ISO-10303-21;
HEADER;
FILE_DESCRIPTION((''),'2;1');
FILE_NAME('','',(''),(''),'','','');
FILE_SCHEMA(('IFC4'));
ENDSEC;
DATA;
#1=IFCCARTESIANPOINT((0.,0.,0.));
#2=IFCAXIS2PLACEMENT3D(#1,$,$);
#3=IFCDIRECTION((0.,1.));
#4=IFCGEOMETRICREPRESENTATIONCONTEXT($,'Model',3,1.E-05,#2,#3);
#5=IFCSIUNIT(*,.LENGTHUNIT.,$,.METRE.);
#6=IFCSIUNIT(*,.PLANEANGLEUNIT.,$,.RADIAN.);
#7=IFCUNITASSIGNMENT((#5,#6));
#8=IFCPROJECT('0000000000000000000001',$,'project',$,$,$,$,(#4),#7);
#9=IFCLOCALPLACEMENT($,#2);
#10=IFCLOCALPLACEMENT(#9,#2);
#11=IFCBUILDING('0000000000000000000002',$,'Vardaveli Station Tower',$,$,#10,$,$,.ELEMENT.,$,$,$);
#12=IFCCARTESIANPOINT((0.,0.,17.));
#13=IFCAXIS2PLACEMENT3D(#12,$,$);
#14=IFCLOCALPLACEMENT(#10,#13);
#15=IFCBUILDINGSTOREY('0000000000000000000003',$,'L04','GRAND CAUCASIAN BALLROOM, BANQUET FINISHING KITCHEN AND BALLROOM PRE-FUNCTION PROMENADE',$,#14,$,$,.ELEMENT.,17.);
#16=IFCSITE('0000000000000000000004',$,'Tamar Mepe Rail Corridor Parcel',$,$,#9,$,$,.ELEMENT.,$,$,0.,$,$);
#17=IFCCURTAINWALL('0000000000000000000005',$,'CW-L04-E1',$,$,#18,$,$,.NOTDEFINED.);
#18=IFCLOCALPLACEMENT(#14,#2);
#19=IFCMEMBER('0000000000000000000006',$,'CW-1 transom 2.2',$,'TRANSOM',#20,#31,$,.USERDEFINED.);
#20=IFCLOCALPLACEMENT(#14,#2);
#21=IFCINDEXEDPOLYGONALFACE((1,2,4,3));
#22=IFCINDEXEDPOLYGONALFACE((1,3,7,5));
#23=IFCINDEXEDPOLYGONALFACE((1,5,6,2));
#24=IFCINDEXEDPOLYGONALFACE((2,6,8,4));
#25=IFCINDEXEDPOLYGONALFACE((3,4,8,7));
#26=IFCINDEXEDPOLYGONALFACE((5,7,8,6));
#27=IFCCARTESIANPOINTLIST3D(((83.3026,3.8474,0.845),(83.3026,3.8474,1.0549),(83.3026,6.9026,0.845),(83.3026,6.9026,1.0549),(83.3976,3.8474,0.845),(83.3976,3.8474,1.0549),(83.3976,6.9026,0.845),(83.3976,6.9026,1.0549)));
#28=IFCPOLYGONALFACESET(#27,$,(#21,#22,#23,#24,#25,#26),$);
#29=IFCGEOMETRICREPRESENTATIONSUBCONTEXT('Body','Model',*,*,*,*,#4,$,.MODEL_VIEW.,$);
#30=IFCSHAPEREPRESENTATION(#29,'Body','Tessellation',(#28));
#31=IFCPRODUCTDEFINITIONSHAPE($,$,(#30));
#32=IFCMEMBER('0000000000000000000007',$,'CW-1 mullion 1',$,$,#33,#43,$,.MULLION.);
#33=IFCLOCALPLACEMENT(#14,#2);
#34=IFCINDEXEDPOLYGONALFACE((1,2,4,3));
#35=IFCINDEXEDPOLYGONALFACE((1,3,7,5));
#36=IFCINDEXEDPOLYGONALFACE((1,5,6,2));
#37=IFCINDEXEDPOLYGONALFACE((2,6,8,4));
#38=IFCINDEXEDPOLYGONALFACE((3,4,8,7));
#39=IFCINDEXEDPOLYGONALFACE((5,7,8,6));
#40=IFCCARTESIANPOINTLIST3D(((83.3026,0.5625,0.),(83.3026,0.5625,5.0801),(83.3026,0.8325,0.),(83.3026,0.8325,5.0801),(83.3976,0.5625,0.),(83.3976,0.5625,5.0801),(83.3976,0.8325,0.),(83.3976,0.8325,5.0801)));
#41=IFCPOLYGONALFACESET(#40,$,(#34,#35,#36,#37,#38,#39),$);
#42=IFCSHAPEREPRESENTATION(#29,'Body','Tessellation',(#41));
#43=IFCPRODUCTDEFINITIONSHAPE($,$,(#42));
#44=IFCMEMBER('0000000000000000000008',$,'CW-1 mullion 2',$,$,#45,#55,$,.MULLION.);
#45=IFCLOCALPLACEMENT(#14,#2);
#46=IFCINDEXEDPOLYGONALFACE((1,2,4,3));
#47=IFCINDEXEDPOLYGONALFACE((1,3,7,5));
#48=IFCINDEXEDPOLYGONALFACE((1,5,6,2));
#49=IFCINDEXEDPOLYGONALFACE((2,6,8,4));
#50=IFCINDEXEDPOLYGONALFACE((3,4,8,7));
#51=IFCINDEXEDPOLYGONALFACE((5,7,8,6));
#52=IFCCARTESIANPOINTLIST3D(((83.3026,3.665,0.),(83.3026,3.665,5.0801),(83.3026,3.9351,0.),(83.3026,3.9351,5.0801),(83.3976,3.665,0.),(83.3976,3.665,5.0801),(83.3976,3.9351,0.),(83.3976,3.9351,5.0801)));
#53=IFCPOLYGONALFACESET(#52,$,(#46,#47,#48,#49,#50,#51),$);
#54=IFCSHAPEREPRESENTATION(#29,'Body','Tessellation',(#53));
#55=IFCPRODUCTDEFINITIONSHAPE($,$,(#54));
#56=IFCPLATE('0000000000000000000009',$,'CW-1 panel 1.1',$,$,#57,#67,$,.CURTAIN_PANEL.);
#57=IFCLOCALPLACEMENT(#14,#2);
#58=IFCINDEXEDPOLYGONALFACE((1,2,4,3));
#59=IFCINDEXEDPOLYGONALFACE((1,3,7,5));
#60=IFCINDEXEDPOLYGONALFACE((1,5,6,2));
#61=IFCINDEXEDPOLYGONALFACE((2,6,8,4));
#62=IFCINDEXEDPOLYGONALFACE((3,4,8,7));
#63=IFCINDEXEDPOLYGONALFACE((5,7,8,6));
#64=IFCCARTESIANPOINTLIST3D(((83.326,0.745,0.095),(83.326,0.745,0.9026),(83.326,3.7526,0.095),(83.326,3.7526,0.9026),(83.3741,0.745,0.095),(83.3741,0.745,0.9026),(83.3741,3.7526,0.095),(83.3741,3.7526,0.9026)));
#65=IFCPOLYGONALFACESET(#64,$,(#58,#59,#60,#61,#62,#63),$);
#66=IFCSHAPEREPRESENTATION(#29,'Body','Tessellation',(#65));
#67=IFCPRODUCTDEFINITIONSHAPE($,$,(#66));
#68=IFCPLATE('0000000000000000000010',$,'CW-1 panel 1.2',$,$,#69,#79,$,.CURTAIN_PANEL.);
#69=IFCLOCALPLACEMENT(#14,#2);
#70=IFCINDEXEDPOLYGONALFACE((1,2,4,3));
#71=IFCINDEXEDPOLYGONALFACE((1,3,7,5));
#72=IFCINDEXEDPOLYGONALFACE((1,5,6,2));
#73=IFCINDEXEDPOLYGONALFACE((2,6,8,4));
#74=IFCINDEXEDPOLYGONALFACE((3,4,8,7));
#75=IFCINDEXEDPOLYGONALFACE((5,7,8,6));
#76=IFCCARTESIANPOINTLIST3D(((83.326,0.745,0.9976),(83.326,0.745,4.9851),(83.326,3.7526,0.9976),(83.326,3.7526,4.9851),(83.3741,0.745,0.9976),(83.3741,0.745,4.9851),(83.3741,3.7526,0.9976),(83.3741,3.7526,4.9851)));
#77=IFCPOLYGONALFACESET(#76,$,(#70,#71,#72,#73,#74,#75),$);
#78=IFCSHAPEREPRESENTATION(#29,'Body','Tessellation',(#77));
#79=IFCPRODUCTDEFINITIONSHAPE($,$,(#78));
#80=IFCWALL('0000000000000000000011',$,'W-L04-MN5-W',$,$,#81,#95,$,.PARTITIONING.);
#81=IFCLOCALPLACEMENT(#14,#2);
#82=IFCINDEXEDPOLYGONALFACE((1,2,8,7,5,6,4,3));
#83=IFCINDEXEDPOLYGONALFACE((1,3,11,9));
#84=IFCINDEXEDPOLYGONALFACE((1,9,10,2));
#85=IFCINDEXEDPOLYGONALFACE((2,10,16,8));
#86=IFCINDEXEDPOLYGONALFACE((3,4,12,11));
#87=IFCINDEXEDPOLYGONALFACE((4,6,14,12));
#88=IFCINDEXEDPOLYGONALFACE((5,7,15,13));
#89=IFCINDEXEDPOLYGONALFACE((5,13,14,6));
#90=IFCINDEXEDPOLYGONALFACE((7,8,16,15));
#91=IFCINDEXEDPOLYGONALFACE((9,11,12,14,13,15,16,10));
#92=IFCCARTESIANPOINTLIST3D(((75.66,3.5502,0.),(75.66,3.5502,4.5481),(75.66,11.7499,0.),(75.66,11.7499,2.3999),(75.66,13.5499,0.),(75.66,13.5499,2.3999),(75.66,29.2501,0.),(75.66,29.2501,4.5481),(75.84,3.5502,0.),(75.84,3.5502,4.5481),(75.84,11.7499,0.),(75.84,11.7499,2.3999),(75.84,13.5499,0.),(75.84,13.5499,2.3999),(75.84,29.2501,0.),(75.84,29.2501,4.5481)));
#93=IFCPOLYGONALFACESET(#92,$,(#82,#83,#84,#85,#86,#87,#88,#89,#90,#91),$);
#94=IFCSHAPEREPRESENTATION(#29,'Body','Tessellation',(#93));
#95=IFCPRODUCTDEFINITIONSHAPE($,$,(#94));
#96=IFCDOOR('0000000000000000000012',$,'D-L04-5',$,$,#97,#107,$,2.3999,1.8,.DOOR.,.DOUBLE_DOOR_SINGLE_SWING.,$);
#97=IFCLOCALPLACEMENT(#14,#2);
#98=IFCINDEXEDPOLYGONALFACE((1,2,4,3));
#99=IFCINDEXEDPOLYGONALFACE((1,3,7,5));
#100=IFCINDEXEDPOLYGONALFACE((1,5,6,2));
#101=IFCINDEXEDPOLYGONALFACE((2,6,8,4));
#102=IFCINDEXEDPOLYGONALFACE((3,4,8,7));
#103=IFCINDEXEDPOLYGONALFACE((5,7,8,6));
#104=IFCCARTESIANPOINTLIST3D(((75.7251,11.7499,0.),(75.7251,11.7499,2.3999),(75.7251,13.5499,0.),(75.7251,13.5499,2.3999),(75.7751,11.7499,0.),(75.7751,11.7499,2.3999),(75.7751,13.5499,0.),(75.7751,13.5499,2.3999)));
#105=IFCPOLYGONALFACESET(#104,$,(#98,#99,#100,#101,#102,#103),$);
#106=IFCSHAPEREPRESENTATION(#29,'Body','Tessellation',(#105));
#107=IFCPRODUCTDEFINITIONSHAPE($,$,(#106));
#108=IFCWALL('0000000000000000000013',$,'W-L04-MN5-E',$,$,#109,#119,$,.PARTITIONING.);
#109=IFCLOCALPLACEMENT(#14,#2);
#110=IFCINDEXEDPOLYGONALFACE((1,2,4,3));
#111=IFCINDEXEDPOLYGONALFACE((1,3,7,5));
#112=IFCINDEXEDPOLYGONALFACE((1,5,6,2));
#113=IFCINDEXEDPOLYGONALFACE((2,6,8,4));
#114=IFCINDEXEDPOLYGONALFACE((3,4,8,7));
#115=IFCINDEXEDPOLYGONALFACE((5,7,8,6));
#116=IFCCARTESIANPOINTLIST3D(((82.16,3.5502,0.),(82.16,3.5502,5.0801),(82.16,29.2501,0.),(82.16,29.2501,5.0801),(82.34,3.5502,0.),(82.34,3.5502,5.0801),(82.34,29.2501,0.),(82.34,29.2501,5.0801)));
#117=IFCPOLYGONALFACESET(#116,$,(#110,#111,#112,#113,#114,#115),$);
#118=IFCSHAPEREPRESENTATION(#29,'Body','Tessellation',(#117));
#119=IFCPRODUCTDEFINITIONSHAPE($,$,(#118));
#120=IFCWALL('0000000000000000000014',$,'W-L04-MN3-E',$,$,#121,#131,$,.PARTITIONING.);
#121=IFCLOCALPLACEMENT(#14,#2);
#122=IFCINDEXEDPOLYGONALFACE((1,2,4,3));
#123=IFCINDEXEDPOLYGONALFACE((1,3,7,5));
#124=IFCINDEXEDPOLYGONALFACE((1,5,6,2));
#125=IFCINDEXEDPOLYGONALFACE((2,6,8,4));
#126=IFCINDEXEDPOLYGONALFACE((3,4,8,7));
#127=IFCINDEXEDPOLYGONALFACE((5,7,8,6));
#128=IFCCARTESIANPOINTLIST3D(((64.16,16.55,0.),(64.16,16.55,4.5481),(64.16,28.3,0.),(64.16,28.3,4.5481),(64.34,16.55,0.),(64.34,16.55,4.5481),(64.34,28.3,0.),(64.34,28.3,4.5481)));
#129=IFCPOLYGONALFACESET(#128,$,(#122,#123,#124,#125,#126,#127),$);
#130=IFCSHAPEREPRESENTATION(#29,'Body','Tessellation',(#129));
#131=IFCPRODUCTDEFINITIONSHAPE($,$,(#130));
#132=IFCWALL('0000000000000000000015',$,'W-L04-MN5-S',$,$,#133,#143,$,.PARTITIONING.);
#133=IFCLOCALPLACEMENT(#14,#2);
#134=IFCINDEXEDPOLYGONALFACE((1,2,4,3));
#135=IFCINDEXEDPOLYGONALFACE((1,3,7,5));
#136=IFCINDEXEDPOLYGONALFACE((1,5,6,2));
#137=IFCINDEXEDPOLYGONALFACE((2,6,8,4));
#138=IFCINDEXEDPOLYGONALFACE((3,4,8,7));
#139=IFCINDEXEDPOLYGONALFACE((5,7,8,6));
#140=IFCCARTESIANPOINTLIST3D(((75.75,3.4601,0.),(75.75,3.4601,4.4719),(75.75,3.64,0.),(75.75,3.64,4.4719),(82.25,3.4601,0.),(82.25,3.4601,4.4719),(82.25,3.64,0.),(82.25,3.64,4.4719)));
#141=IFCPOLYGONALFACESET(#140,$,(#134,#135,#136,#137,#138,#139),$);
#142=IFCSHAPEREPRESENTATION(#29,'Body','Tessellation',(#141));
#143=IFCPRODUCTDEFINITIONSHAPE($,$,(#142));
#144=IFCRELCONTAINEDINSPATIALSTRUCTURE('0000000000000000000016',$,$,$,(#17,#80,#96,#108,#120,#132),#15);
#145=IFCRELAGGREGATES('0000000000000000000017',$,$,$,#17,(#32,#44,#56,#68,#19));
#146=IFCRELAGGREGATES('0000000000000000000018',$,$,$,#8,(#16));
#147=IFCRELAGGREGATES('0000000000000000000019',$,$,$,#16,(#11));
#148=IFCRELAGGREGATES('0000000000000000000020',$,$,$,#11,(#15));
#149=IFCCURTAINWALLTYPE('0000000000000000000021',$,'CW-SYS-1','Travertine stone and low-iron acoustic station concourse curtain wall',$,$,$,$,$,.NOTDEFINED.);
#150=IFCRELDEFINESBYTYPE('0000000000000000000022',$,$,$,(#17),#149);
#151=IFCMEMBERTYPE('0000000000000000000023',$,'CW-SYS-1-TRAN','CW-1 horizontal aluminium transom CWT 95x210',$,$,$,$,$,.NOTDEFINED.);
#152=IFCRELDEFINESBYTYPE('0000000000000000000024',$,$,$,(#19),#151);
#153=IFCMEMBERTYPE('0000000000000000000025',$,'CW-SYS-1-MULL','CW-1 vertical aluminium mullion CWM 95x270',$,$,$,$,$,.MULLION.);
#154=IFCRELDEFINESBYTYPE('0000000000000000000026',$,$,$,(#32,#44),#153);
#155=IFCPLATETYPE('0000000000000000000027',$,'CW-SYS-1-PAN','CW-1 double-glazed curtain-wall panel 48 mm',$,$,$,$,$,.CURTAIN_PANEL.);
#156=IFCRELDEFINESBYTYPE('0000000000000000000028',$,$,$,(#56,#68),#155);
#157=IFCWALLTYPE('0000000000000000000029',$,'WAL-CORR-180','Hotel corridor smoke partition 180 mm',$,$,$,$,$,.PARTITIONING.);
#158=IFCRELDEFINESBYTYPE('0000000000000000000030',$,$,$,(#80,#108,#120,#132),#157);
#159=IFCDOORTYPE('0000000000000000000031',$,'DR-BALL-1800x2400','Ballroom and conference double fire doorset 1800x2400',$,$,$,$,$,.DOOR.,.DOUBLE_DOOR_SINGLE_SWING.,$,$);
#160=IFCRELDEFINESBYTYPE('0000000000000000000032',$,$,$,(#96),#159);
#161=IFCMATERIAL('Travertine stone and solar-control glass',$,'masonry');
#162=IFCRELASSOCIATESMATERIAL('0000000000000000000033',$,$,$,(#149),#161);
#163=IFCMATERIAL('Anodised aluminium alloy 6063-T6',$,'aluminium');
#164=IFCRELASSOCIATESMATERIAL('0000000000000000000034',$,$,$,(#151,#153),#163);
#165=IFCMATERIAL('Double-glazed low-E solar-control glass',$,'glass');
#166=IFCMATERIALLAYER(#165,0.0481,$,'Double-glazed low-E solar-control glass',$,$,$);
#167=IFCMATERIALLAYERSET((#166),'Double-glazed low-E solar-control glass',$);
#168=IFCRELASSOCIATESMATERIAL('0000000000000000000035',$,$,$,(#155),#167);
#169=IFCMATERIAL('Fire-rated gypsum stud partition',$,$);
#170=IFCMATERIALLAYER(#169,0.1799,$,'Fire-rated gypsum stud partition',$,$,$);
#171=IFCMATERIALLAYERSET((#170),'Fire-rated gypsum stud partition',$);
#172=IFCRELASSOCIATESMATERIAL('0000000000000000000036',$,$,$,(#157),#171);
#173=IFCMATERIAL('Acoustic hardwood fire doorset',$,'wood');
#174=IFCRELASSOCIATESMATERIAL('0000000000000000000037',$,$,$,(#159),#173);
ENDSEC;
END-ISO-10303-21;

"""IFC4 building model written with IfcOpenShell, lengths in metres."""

from ifc_helpers import new_model, si_unit, direction, frame, frame_2d, origin, origin_2d, place, context, subcontext, project, spatial, rectangle, extrude, source, transform, mapped, material, layer, layer_set, material_profile, profile_set, type_object, element, fill, aggregate, save


model = new_model("IFC4")

# Units and contexts
model_context = context("Model", 3, precision=1e-05, world=origin(), true_north=direction((0.0, 1.0)))
body_context = subcontext(model_context, "Body", "Model", "MODEL_VIEW")
ifc_project = project(units=[si_unit("LENGTHUNIT", "METRE"), si_unit("PLANEANGLEUNIT", "RADIAN")], contexts=[model_context])

# Site, building, storey
site_placement = place(None, origin())
site = spatial("IfcSite", under=ifc_project, at=site_placement, Name="Tamar Mepe Rail Corridor Parcel", CompositionType="ELEMENT", RefElevation=0.0)
building_placement = place(site_placement, origin())
building = spatial("IfcBuilding", under=site, at=building_placement, Name="Vardaveli Station Tower", CompositionType="ELEMENT")
storey_placement = place(building_placement, frame((0.0, 0.0, 17.0)))
storey = spatial("IfcBuildingStorey", under=building, at=storey_placement, Name="L04", Description="GRAND CAUCASIAN BALLROOM, BANQUET FINISHING KITCHEN AND BALLROOM PRE-FUNCTION PROMENADE", CompositionType="ELEMENT", Elevation=17.0)

# Curtain wall, members, plates
ifc_material_1 = material(Name="Travertine stone and solar-control glass", Category="masonry")
curtain_wall_type = type_object("IfcCurtainWallType", Name="CW-SYS-1", Description="Travertine stone and low-iron acoustic station concourse curtain wall", PredefinedType="NOTDEFINED", material=ifc_material_1)
curtain_wall_placement = place(storey_placement, origin())
curtain_wall = element("IfcCurtainWall", 1, at=curtain_wall_placement, inside=storey, type_object=curtain_wall_type, Name="CW-L04-E1", PredefinedType="NOTDEFINED")
ifc_material_2 = material(Name="Anodised aluminium alloy 6063-T6", Category="aluminium")
ifc_material_profile_1 = material_profile(ifc_material_2, rectangle(XDim=0.095, YDim=0.21, at=origin_2d()), Name="CWT 95x210")
ifc_profile_set_1 = profile_set([ifc_material_profile_1], Name="Anodised aluminium alloy 6063-T6")
member_type_1 = type_object("IfcMemberType", Name="CW-SYS-1-TRAN", Description="CW-1 horizontal aluminium transom CWT 95x210", PredefinedType="NOTDEFINED", material=ifc_profile_set_1)
shared_shape_1 = source(origin(), body_context, "Body", "SweptSolid", [
    extrude(rectangle(XDim=0.095, YDim=0.21, at=origin_2d()), origin(), (0.0, 0.0, 1.0), 3.0552),
])
member_1_placement = place(storey_placement, frame((83.3501, 3.8474, 0.95), z_axis=(0.0, 1.0, 0.0), x_axis=(-1.0, 0.0, 0.0)))
member_1 = element("IfcMember", 2, at=member_1_placement, type_object=member_type_1, Name="CW-1 transom 2.2", ObjectType="TRANSOM", PredefinedType="USERDEFINED", context=body_context, shape_type="MappedRepresentation", body=[
    mapped(shared_shape_1, transform((0.0, 0.0, 0.0), scale=1.0)),
])
ifc_material_profile_2 = material_profile(ifc_material_2, rectangle(XDim=0.095, YDim=0.27, at=origin_2d()), Name="CWM 95x270")
ifc_profile_set_2 = profile_set([ifc_material_profile_2], Name="Anodised aluminium alloy 6063-T6")
member_type_2 = type_object("IfcMemberType", Name="CW-SYS-1-MULL", Description="CW-1 vertical aluminium mullion CWM 95x270", PredefinedType="MULLION", material=ifc_profile_set_2)
shared_shape_2 = source(origin(), body_context, "Body", "SweptSolid", [
    extrude(rectangle(XDim=0.095, YDim=0.27, at=origin_2d()), origin(), (0.0, 0.0, 1.0), 5.0801),
])
member_2_placement = place(storey_placement, frame((83.3501, 0.6975, 0.0), z_axis=(0.0, 0.0, 1.0), x_axis=(-1.0, 0.0, 0.0)))
member_2 = element("IfcMember", 3, at=member_2_placement, type_object=member_type_2, Name="CW-1 mullion 1", PredefinedType="MULLION", context=body_context, shape_type="MappedRepresentation", body=[
    mapped(shared_shape_2, transform((0.0, 0.0, 0.0), scale=1.0)),
])
member_3_placement = place(storey_placement, frame((83.3501, 3.8, 0.0), z_axis=(0.0, 0.0, 1.0), x_axis=(-1.0, 0.0, 0.0)))
member_3 = element("IfcMember", 4, at=member_3_placement, type_object=member_type_2, Name="CW-1 mullion 2", PredefinedType="MULLION", context=body_context, shape_type="MappedRepresentation", body=[
    mapped(shared_shape_2, transform((0.0, 0.0, 0.0), scale=1.0)),
])
ifc_material_3 = material(Name="Double-glazed low-E solar-control glass", Category="glass")
ifc_layer_1 = layer(ifc_material_3, 0.0481, Name="Double-glazed low-E solar-control glass")
ifc_layer_set_1 = layer_set([ifc_layer_1], Name="Double-glazed low-E solar-control glass")
plate_type = type_object("IfcPlateType", Name="CW-SYS-1-PAN", Description="CW-1 double-glazed curtain-wall panel 48 mm", PredefinedType="CURTAIN_PANEL", material=ifc_layer_set_1)
shared_shape_3 = source(origin(), body_context, "Body", "SweptSolid", [
    extrude(rectangle(XDim=3.0076, YDim=0.0481, at=origin_2d()), origin(), (0.0, 0.0, 1.0), 0.8076),
])
plate_1_placement = place(storey_placement, frame((83.3501, 2.2488, 0.095), z_axis=(0.0, 0.0, 1.0), x_axis=(0.0, 1.0, 0.0)))
plate_1 = element("IfcPlate", 5, at=plate_1_placement, type_object=plate_type, Name="CW-1 panel 1.1", PredefinedType="CURTAIN_PANEL", context=body_context, shape_type="MappedRepresentation", body=[
    mapped(shared_shape_3, transform((0.0, 0.0, 0.0), scale=1.0)),
])
shared_shape_4 = source(origin(), body_context, "Body", "SweptSolid", [
    extrude(rectangle(XDim=3.0076, YDim=0.0481, at=origin_2d()), origin(), (0.0, 0.0, 1.0), 3.9875),
])
plate_2_placement = place(storey_placement, frame((83.3501, 2.2488, 0.9976), z_axis=(0.0, 0.0, 1.0), x_axis=(0.0, 1.0, 0.0)))
plate_2 = element("IfcPlate", 6, at=plate_2_placement, type_object=plate_type, Name="CW-1 panel 1.2", PredefinedType="CURTAIN_PANEL", context=body_context, shape_type="MappedRepresentation", body=[
    mapped(shared_shape_4, transform((0.0, 0.0, 0.0), scale=1.0)),
])
aggregate(curtain_wall, [member_2, member_3, plate_1, plate_2, member_1])

# Wall, opening, door
ifc_material_4 = material(Name="Fire-rated gypsum stud partition")
ifc_layer_2 = layer(ifc_material_4, 0.1799, Name="Fire-rated gypsum stud partition")
ifc_layer_set_2 = layer_set([ifc_layer_2], Name="Fire-rated gypsum stud partition")
wall_type = type_object("IfcWallType", Name="WAL-CORR-180", Description="Hotel corridor smoke partition 180 mm", PredefinedType="PARTITIONING", material=ifc_layer_set_2)
shared_shape_5 = source(origin(), body_context, "Body", "SweptSolid", [
    extrude(rectangle(XDim=25.7, YDim=0.1799, at=frame_2d((12.8501, 0.0))), origin(), (0.0, 0.0, 1.0), 4.5481),
])
wall_1_placement = place(storey_placement, frame((75.75, 3.55, 0.0), z_axis=(0.0, 0.0, 1.0), x_axis=(0.0, 1.0, 0.0)))
wall_1 = element("IfcWall", 7, at=wall_1_placement, inside=storey, type_object=wall_type, Name="W-L04-MN5-W", PredefinedType="PARTITIONING", context=body_context, shape_type="MappedRepresentation", body=[
    mapped(shared_shape_5, transform((0.0, 0.0, 0.0), scale=1.0)),
])
shared_shape_6 = source(origin(), body_context, "Body", "SweptSolid", [
    extrude(rectangle(XDim=1.8, YDim=2.3999, at=frame_2d((0.8999, 1.2))), frame((0.0, 0.1001, 0.0), z_axis=(0.0, -1.0, 0.0), x_axis=(1.0, 0.0, 0.0)), (0.0, 0.0, 1.0), 0.2),
])
opening_placement = place(wall_1_placement, frame((8.2, 0.0, 0.0)))
opening = element("IfcOpeningElement", 8, at=opening_placement, cuts=wall_1, PredefinedType="OPENING", context=body_context, shape_type="MappedRepresentation", body=[
    mapped(shared_shape_6, transform((0.0, 0.0, 0.0), scale=1.0)),
])
ifc_material_5 = material(Name="Acoustic hardwood fire doorset", Category="wood")
door_type = type_object("IfcDoorType", Name="DR-BALL-1800x2400", Description="Ballroom and conference double fire doorset 1800x2400", OperationType="DOUBLE_DOOR_SINGLE_SWING", PredefinedType="DOOR", material=ifc_material_5)
shared_shape_7 = source(origin(), body_context, "Body", "SweptSolid", [
    extrude(rectangle(XDim=1.8, YDim=2.3999, at=frame_2d((0.8999, 1.2))), frame((0.0, 0.0249, 0.0), z_axis=(0.0, -1.0, 0.0), x_axis=(1.0, 0.0, 0.0)), (0.0, 0.0, 1.0), 0.05),
])
door_placement = place(opening_placement, origin())
door = element("IfcDoor", 9, at=door_placement, inside=storey, type_object=door_type, Name="D-L04-5", OperationType="DOUBLE_DOOR_SINGLE_SWING", OverallHeight=2.3999, OverallWidth=1.8, PredefinedType="DOOR", context=body_context, shape_type="MappedRepresentation", body=[
    mapped(shared_shape_7, transform((0.0, 0.0, 0.0), scale=1.0)),
])
fill(opening, door)

# Walls
shared_shape_8 = source(origin(), body_context, "Body", "SweptSolid", [
    extrude(rectangle(XDim=25.7, YDim=0.1799, at=frame_2d((12.8501, 0.0))), origin(), (0.0, 0.0, 1.0), 5.0801),
])
wall_2_placement = place(storey_placement, frame((82.25, 3.55, 0.0), z_axis=(0.0, 0.0, 1.0), x_axis=(0.0, 1.0, 0.0)))
element("IfcWall", 10, at=wall_2_placement, inside=storey, type_object=wall_type, Name="W-L04-MN5-E", PredefinedType="PARTITIONING", context=body_context, shape_type="MappedRepresentation", body=[
    mapped(shared_shape_8, transform((0.0, 0.0, 0.0), scale=1.0)),
])
shared_shape_9 = source(origin(), body_context, "Body", "SweptSolid", [
    extrude(rectangle(XDim=11.75, YDim=0.1799, at=frame_2d((5.875, 0.0))), origin(), (0.0, 0.0, 1.0), 4.5481),
])
wall_3_placement = place(storey_placement, frame((64.25, 16.55, 0.0), z_axis=(0.0, 0.0, 1.0), x_axis=(0.0, 1.0, 0.0)))
element("IfcWall", 11, at=wall_3_placement, inside=storey, type_object=wall_type, Name="W-L04-MN3-E", PredefinedType="PARTITIONING", context=body_context, shape_type="MappedRepresentation", body=[
    mapped(shared_shape_9, transform((0.0, 0.0, 0.0), scale=1.0)),
])
shared_shape_10 = source(origin(), body_context, "Body", "SweptSolid", [
    extrude(rectangle(XDim=6.5, YDim=0.1799, at=frame_2d((3.25, 0.0))), origin(), (0.0, 0.0, 1.0), 4.4719),
])
wall_4_placement = place(storey_placement, frame((75.75, 3.55, 0.0), z_axis=(0.0, 0.0, 1.0), x_axis=(1.0, 0.0, 0.0)))
element("IfcWall", 12, at=wall_4_placement, inside=storey, type_object=wall_type, Name="W-L04-MN5-S", PredefinedType="PARTITIONING", context=body_context, shape_type="MappedRepresentation", body=[
    mapped(shared_shape_10, transform((0.0, 0.0, 0.0), scale=1.0)),
])

save(model, "model.ifc")
